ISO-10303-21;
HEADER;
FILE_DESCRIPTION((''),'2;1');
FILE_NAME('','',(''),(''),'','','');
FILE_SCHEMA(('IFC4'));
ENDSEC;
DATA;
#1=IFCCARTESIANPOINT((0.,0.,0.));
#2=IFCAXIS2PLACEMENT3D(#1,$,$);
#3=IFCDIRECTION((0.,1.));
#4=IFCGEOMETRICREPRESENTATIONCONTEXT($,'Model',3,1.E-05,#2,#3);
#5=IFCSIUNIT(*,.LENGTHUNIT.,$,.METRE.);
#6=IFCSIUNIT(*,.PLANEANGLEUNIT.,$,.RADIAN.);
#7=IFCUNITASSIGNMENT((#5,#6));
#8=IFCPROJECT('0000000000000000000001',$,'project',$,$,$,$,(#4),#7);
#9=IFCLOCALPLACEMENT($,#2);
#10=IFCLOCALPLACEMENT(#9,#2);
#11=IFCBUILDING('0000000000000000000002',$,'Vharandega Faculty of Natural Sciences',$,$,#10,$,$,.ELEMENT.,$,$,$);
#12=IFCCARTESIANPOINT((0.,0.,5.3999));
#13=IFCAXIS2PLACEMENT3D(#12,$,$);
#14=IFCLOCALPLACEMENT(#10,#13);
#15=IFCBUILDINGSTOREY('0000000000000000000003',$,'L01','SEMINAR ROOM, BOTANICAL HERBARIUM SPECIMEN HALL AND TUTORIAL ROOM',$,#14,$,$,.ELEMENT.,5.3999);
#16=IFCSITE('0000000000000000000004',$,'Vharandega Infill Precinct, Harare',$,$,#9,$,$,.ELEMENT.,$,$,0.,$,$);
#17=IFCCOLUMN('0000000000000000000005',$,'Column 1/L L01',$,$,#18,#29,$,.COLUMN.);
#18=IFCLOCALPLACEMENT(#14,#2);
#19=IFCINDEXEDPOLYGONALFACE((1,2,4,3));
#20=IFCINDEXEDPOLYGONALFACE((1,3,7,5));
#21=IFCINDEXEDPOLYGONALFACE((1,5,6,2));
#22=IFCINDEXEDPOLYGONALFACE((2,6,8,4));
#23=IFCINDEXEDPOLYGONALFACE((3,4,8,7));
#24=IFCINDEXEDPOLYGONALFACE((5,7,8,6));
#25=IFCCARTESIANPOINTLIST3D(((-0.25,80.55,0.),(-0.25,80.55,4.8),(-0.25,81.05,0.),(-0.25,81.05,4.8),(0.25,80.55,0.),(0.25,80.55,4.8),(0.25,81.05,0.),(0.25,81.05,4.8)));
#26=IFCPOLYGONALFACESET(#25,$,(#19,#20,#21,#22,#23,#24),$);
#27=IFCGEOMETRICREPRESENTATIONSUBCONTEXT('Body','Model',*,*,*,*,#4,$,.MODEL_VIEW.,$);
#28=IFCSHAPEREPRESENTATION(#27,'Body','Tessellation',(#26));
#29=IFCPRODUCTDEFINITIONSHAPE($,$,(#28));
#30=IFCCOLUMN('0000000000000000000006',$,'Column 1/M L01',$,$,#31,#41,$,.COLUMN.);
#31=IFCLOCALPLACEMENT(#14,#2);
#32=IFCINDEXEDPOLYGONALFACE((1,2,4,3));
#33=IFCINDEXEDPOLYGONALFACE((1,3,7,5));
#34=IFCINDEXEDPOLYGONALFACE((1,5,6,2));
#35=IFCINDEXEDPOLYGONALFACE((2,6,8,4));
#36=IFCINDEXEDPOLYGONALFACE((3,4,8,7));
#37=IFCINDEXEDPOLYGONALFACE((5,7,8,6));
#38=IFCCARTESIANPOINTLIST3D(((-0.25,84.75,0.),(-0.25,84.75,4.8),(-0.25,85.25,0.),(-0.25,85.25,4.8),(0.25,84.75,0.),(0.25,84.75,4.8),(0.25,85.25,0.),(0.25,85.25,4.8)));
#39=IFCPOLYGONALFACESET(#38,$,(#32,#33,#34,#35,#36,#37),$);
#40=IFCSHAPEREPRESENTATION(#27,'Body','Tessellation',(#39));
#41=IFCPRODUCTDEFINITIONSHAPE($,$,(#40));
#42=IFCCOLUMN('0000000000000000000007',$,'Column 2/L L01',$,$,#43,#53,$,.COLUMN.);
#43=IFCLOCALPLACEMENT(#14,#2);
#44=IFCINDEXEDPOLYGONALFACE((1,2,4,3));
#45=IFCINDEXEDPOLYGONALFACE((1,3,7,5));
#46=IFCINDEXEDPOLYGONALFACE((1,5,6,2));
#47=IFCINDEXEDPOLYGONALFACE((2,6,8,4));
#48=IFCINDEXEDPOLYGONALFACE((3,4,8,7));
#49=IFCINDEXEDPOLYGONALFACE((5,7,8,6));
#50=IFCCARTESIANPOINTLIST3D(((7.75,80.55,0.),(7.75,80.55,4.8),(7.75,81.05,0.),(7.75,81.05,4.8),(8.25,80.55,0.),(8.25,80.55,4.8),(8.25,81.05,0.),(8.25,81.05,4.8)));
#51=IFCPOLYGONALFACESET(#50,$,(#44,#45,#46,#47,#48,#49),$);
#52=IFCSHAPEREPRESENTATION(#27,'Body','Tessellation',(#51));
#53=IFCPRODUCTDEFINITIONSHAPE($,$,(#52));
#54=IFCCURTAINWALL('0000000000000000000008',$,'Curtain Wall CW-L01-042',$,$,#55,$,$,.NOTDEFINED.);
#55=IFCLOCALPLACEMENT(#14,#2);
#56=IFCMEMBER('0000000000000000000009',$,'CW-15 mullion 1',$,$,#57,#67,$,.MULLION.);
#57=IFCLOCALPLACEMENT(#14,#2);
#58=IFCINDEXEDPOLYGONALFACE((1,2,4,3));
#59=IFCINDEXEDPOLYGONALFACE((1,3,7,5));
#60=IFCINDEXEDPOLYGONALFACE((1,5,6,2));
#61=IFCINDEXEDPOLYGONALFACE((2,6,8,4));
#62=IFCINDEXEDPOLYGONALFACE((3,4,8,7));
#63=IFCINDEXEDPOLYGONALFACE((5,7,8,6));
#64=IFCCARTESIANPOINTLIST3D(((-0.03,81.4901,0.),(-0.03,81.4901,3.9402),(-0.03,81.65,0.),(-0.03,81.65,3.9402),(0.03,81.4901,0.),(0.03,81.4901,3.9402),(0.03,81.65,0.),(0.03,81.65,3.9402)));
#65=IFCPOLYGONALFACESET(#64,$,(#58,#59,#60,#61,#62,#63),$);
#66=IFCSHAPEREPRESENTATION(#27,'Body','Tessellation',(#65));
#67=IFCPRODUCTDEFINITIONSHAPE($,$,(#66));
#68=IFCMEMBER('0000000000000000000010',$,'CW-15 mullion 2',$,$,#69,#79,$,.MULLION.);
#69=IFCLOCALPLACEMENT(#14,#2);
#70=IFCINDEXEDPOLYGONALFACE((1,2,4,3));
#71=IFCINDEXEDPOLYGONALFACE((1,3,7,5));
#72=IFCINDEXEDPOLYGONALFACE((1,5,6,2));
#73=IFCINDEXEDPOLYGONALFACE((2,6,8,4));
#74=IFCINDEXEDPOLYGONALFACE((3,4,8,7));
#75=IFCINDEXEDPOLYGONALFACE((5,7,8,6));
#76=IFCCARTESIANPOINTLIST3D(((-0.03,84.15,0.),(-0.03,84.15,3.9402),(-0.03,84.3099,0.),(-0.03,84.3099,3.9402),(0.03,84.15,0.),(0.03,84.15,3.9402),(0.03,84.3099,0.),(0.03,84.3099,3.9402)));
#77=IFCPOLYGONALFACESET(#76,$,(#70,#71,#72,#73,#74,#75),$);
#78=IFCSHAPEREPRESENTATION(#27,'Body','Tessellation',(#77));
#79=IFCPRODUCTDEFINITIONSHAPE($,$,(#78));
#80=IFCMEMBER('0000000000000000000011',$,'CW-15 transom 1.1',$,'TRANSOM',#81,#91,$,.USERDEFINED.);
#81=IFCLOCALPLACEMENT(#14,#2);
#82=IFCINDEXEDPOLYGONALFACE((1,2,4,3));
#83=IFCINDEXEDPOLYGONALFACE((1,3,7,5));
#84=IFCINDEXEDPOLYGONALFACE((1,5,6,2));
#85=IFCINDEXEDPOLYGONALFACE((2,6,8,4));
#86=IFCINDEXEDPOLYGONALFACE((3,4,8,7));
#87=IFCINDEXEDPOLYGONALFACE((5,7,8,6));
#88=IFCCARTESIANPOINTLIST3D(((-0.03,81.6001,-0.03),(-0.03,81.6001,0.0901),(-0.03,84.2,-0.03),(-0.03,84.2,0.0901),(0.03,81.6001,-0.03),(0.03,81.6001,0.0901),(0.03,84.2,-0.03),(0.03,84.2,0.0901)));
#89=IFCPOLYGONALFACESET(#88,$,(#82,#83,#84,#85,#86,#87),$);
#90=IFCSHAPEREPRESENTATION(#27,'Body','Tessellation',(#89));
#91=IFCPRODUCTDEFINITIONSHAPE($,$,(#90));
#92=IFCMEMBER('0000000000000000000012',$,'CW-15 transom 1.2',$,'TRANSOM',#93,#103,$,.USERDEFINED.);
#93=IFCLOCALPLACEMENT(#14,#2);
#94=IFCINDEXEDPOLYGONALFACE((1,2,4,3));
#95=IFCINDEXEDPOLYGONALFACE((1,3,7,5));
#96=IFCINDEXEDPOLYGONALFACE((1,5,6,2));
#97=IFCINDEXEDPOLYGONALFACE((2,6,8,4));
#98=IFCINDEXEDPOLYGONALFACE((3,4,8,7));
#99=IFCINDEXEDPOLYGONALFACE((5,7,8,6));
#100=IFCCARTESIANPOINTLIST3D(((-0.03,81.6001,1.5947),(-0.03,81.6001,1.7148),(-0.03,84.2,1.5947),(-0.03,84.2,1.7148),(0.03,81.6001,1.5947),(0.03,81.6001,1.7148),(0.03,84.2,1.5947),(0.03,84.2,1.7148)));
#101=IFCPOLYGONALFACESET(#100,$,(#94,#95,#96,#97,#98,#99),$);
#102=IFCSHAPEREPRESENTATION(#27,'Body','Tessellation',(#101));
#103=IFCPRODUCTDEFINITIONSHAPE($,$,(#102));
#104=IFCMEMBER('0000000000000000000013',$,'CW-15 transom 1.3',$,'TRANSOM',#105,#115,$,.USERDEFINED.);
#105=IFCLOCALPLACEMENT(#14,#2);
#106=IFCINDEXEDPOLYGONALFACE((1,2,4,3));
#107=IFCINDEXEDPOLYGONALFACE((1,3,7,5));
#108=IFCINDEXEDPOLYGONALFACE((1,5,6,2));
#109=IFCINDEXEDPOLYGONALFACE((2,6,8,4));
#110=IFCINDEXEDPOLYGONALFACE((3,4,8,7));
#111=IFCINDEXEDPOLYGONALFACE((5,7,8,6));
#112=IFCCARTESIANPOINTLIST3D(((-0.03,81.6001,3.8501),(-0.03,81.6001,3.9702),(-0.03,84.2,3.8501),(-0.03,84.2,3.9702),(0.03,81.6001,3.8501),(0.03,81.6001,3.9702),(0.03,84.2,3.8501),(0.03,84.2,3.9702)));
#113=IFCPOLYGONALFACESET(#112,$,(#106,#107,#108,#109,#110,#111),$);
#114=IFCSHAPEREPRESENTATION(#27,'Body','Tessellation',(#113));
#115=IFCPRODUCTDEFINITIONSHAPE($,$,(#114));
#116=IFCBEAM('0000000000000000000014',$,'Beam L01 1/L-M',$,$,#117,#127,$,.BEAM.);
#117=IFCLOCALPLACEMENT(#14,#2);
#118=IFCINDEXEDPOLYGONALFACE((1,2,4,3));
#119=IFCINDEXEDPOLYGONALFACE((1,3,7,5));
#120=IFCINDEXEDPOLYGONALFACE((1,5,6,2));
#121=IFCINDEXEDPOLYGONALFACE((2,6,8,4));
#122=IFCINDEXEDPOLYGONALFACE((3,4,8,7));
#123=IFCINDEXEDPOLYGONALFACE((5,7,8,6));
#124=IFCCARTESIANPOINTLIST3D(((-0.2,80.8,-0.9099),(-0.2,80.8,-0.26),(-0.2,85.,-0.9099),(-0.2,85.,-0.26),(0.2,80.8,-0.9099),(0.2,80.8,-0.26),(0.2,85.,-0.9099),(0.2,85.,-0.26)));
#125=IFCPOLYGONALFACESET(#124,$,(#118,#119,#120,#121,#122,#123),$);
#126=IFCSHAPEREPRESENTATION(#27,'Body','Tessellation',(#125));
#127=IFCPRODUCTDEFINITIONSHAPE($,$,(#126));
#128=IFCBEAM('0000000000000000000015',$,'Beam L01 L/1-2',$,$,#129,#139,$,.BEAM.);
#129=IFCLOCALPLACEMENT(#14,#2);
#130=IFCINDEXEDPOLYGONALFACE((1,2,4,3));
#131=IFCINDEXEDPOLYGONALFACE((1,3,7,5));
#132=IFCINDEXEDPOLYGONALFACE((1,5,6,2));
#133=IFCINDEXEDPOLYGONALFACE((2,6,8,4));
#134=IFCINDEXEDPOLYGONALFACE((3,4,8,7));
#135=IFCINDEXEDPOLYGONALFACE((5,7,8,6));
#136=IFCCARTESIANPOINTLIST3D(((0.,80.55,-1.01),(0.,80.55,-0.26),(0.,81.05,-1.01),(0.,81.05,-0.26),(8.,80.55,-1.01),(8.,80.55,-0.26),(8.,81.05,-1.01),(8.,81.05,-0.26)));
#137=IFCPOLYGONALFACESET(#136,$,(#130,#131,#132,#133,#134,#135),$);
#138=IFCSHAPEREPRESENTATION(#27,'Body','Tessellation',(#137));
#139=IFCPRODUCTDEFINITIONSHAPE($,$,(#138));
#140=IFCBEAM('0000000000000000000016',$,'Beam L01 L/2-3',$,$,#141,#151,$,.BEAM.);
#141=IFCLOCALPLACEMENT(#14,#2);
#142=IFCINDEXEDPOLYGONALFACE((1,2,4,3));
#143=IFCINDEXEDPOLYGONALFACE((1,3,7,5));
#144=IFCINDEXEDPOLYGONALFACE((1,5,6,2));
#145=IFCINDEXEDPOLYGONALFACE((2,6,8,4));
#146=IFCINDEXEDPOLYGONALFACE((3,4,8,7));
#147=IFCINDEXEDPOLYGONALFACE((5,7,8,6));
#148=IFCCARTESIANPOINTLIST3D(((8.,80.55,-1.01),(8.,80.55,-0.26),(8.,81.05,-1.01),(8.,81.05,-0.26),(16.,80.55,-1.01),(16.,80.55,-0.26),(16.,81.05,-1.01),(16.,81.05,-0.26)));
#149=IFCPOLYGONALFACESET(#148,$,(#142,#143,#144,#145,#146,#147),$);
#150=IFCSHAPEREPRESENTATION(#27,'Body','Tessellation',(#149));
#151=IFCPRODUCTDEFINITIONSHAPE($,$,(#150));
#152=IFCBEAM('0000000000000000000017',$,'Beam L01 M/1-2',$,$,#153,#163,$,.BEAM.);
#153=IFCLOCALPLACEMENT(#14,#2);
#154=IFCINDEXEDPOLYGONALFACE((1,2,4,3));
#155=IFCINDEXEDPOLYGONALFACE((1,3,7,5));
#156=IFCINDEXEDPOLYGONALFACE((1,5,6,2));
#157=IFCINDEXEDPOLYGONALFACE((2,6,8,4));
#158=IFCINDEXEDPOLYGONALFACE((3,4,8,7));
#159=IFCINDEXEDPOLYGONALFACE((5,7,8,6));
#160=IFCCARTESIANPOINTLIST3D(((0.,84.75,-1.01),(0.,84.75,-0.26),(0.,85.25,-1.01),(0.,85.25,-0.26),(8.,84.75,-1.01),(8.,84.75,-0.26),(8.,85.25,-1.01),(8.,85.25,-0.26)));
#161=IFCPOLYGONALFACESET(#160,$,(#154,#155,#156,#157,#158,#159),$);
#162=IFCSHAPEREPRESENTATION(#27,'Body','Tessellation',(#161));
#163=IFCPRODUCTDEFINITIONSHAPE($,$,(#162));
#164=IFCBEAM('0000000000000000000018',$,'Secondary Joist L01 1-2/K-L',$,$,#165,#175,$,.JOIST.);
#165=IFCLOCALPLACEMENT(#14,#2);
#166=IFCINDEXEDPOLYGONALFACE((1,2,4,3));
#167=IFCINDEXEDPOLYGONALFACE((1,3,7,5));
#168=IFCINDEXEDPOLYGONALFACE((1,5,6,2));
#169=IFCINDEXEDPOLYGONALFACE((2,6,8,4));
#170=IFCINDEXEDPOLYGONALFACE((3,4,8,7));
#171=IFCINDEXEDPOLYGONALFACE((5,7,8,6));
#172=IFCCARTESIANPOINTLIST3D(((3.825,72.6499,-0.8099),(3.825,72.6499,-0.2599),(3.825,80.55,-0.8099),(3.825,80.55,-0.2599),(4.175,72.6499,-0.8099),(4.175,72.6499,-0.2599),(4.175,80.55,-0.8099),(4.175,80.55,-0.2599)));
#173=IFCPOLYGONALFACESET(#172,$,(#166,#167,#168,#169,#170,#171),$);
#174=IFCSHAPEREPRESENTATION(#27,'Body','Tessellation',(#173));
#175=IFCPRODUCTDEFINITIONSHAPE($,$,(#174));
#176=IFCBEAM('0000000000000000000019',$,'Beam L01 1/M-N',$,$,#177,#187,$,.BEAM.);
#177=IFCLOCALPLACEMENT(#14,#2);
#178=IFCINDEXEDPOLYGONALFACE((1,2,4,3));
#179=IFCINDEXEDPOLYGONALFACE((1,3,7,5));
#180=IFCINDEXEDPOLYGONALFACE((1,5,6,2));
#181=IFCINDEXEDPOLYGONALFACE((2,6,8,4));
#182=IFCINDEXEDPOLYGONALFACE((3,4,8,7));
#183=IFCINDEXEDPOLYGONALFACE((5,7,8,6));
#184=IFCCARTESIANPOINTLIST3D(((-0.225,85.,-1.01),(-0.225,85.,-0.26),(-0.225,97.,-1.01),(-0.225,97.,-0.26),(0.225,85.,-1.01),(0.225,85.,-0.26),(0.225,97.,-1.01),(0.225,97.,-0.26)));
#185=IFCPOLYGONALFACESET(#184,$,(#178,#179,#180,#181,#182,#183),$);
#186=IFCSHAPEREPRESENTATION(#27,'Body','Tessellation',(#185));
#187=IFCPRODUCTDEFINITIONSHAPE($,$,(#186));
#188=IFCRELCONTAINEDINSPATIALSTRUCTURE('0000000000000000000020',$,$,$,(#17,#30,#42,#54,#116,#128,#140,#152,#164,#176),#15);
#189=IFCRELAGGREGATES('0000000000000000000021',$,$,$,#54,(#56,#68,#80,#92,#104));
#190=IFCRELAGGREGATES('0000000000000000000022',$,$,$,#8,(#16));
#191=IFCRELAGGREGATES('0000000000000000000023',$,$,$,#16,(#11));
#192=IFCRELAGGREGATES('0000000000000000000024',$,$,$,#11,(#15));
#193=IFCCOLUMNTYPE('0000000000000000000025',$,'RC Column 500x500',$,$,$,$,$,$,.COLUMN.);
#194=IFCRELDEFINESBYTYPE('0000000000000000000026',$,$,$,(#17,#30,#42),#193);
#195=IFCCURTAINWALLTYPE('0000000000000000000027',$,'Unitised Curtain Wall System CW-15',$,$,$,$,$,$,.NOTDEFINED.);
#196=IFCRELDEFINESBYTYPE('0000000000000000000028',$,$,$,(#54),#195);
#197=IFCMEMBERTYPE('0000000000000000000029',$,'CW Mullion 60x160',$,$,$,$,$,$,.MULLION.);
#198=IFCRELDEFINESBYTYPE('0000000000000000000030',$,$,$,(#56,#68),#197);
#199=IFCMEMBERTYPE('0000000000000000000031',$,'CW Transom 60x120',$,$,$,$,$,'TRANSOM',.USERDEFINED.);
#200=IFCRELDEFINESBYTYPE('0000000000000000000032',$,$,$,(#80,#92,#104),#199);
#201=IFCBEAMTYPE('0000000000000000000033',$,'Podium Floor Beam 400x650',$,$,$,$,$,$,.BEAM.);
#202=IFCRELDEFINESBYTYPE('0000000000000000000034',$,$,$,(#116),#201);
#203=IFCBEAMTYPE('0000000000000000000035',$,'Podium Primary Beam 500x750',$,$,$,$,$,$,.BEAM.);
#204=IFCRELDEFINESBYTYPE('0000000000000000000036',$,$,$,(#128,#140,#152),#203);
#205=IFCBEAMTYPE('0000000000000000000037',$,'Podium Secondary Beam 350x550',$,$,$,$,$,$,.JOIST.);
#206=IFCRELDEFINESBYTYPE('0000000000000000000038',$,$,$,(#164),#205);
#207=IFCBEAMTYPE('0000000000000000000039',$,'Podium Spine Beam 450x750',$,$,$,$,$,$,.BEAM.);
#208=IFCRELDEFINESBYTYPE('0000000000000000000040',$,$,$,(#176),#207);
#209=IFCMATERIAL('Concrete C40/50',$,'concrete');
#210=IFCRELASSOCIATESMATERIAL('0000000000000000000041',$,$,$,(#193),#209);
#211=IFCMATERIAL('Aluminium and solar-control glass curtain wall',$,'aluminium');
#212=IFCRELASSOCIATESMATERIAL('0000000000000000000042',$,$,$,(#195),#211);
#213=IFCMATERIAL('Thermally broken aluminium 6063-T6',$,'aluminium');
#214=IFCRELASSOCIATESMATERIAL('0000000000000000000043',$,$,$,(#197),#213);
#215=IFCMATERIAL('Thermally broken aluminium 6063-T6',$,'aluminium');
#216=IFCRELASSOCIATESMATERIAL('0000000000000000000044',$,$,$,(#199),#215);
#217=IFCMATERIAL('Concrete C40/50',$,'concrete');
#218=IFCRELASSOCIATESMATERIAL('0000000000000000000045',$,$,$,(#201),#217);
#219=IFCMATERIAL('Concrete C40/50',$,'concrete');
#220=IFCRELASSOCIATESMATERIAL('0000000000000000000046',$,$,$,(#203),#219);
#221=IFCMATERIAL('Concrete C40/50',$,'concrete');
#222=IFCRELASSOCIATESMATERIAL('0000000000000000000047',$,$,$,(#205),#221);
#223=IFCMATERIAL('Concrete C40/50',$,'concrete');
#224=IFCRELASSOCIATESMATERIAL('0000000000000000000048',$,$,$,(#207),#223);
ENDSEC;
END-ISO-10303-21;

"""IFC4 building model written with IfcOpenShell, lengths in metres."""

from ifc_helpers import new_model, si_unit, direction, frame, origin, origin_2d, place, context, subcontext, project, spatial, rectangle, extrude, material, material_profile, profile_set, type_object, element, aggregate, save


model = new_model("IFC4")

# Units and contexts
model_context = context("Model", 3, precision=1e-05, world=origin(), true_north=direction((0.0, 1.0)))
body_context = subcontext(model_context, "Body", "Model", "MODEL_VIEW")
ifc_project = project(units=[si_unit("LENGTHUNIT", "METRE"), si_unit("PLANEANGLEUNIT", "RADIAN")], contexts=[model_context])

# Site, building, storey
site_placement = place(None, origin())
site = spatial("IfcSite", under=ifc_project, at=site_placement, Name="Vharandega Infill Precinct, Harare", CompositionType="ELEMENT", RefElevation=0.0)
building_placement = place(site_placement, origin())
building = spatial("IfcBuilding", under=site, at=building_placement, Name="Vharandega Faculty of Natural Sciences", CompositionType="ELEMENT")
storey_placement = place(building_placement, frame((0.0, 0.0, 5.3999)))
storey = spatial("IfcBuildingStorey", under=building, at=storey_placement, Name="L01", Description="SEMINAR ROOM, BOTANICAL HERBARIUM SPECIMEN HALL AND TUTORIAL ROOM", CompositionType="ELEMENT", Elevation=5.3999)

# Columns
ifc_material_1 = material(Name="Concrete C40/50", Category="concrete")
ifc_material_profile_1 = material_profile(ifc_material_1, rectangle(XDim=0.5, YDim=0.5, at=origin_2d()), Name="RC 500x500")
ifc_profile_set_1 = profile_set([ifc_material_profile_1], Name="Concrete C40/50")
column_type = type_object("IfcColumnType", Name="RC Column 500x500", PredefinedType="COLUMN", material=ifc_profile_set_1)
for number, where, z_axis, x_axis, name in (
    (1, (0.0, 80.8, 0.0), (0.0, 0.0, 1.0), (1.0, 0.0, 0.0), "Column 1/L L01"),
    (2, (0.0, 85.0, 0.0), (0.0, 0.0, 1.0), (1.0, 0.0, 0.0), "Column 1/M L01"),
    (3, (8.0, 80.8, 0.0), (0.0, 0.0, 1.0), (1.0, 0.0, 0.0), "Column 2/L L01"),
):
    element("IfcColumn", number, at=place(storey_placement, frame(where, z_axis=z_axis, x_axis=x_axis)), inside=storey, type_object=column_type, Name=name, PredefinedType="COLUMN", context=body_context, shape_type="SweptSolid", body=[
        extrude(rectangle(XDim=0.5, YDim=0.5, at=origin_2d()), origin(), (0.0, 0.0, 1.0), 4.8),
    ])

# Curtain wall, members
ifc_material_2 = material(Name="Aluminium and solar-control glass curtain wall", Category="aluminium")
curtain_wall_type = type_object("IfcCurtainWallType", Name="Unitised Curtain Wall System CW-15", PredefinedType="NOTDEFINED", material=ifc_material_2)
curtain_wall_placement = place(storey_placement, origin())
curtain_wall = element("IfcCurtainWall", 4, at=curtain_wall_placement, inside=storey, type_object=curtain_wall_type, Name="Curtain Wall CW-L01-042", PredefinedType="NOTDEFINED")
ifc_material_3 = material(Name="Thermally broken aluminium 6063-T6", Category="aluminium")
ifc_material_profile_2 = material_profile(ifc_material_3, rectangle(XDim=0.0601, YDim=0.1599, at=origin_2d()), Name="ALU 60x160")
ifc_profile_set_2 = profile_set([ifc_material_profile_2], Name="Thermally broken aluminium 6063-T6")
member_type_1 = type_object("IfcMemberType", Name="CW Mullion 60x160", PredefinedType="MULLION", material=ifc_profile_set_2)
member_1_placement = place(storey_placement, frame((0.0, 81.5701, 0.0), z_axis=(0.0, 0.0, 1.0), x_axis=(-1.0, 0.0, 0.0)))
member_1 = element("IfcMember", 5, at=member_1_placement, type_object=member_type_1, Name="CW-15 mullion 1", PredefinedType="MULLION", context=body_context, shape_type="SweptSolid", body=[
    extrude(rectangle(XDim=0.0601, YDim=0.1599, at=origin_2d()), origin(), (0.0, 0.0, 1.0), 3.9402),
])
member_2_placement = place(storey_placement, frame((0.0, 84.23, 0.0), z_axis=(0.0, 0.0, 1.0), x_axis=(-1.0, 0.0, 0.0)))
member_2 = element("IfcMember", 6, at=member_2_placement, type_object=member_type_1, Name="CW-15 mullion 2", PredefinedType="MULLION", context=body_context, shape_type="SweptSolid", body=[
    extrude(rectangle(XDim=0.0601, YDim=0.1599, at=origin_2d()), origin(), (0.0, 0.0, 1.0), 3.9402),
])
ifc_material_4 = material(Name="Thermally broken aluminium 6063-T6", Category="aluminium")
ifc_material_profile_3 = material_profile(ifc_material_4, rectangle(XDim=0.0601, YDim=0.1201, at=origin_2d()), Name="ALU 60x120")
ifc_profile_set_3 = profile_set([ifc_material_profile_3], Name="Thermally broken aluminium 6063-T6")
member_type_2 = type_object("IfcMemberType", Name="CW Transom 60x120", ElementType="TRANSOM", PredefinedType="USERDEFINED", material=ifc_profile_set_3)
member_3_placement = place(storey_placement, frame((0.0, 81.6001, 0.03), z_axis=(0.0, 1.0, 0.0), x_axis=(-1.0, 0.0, 0.0)))
member_3 = element("IfcMember", 7, at=member_3_placement, type_object=member_type_2, Name="CW-15 transom 1.1", ObjectType="TRANSOM", PredefinedType="USERDEFINED", context=body_context, shape_type="SweptSolid", body=[
    extrude(rectangle(XDim=0.0601, YDim=0.1201, at=origin_2d()), origin(), (0.0, 0.0, 1.0), 2.5999),
])
member_4_placement = place(storey_placement, frame((0.0, 81.6001, 1.6548), z_axis=(0.0, 1.0, 0.0), x_axis=(-1.0, 0.0, 0.0)))
member_4 = element("IfcMember", 8, at=member_4_placement, type_object=member_type_2, Name="CW-15 transom 1.2", ObjectType="TRANSOM", PredefinedType="USERDEFINED", context=body_context, shape_type="SweptSolid", body=[
    extrude(rectangle(XDim=0.0601, YDim=0.1201, at=origin_2d()), origin(), (0.0, 0.0, 1.0), 2.5999),
])
member_5_placement = place(storey_placement, frame((0.0, 81.6001, 3.9102), z_axis=(0.0, 1.0, 0.0), x_axis=(-1.0, 0.0, 0.0)))
member_5 = element("IfcMember", 9, at=member_5_placement, type_object=member_type_2, Name="CW-15 transom 1.3", ObjectType="TRANSOM", PredefinedType="USERDEFINED", context=body_context, shape_type="SweptSolid", body=[
    extrude(rectangle(XDim=0.0601, YDim=0.1201, at=origin_2d()), origin(), (0.0, 0.0, 1.0), 2.5999),
])

# Beams
ifc_material_5 = material(Name="Concrete C40/50", Category="concrete")
ifc_material_profile_4 = material_profile(ifc_material_5, rectangle(XDim=0.3999, YDim=0.6499, at=origin_2d()), Name="RC 400x650")
ifc_profile_set_4 = profile_set([ifc_material_profile_4], Name="Concrete C40/50")
beam_type_1 = type_object("IfcBeamType", Name="Podium Floor Beam 400x650", PredefinedType="BEAM", material=ifc_profile_set_4)
beam_1_placement = place(storey_placement, frame((0.0, 80.8, -0.585), z_axis=(0.0, 1.0, 0.0), x_axis=(-1.0, 0.0, 0.0)))
element("IfcBeam", 10, at=beam_1_placement, inside=storey, type_object=beam_type_1, Name="Beam L01 1/L-M", PredefinedType="BEAM", context=body_context, shape_type="SweptSolid", body=[
    extrude(rectangle(XDim=0.3999, YDim=0.6499, at=origin_2d()), origin(), (0.0, 0.0, 1.0), 4.2),
])
ifc_material_6 = material(Name="Concrete C40/50", Category="concrete")
ifc_material_profile_5 = material_profile(ifc_material_6, rectangle(XDim=0.5, YDim=0.75, at=origin_2d()), Name="RC 500x750")
ifc_profile_set_5 = profile_set([ifc_material_profile_5], Name="Concrete C40/50")
beam_type_2 = type_object("IfcBeamType", Name="Podium Primary Beam 500x750", PredefinedType="BEAM", material=ifc_profile_set_5)
for number, where, z_axis, x_axis, name in (
    (11, (0.0, 80.8, -0.635), (1.0, 0.0, 0.0), (0.0, 1.0, 0.0), "Beam L01 L/1-2"),
    (12, (8.0, 80.8, -0.635), (1.0, 0.0, 0.0), (0.0, 1.0, 0.0), "Beam L01 L/2-3"),
    (13, (0.0, 85.0, -0.635), (1.0, 0.0, 0.0), (0.0, 1.0, 0.0), "Beam L01 M/1-2"),
):
    element("IfcBeam", number, at=place(storey_placement, frame(where, z_axis=z_axis, x_axis=x_axis)), inside=storey, type_object=beam_type_2, Name=name, PredefinedType="BEAM", context=body_context, shape_type="SweptSolid", body=[
        extrude(rectangle(XDim=0.5, YDim=0.75, at=origin_2d()), origin(), (0.0, 0.0, 1.0), 8.0),
    ])
ifc_material_7 = material(Name="Concrete C40/50", Category="concrete")
ifc_material_profile_6 = material_profile(ifc_material_7, rectangle(XDim=0.3501, YDim=0.55, at=origin_2d()), Name="RC 350x550")
ifc_profile_set_6 = profile_set([ifc_material_profile_6], Name="Concrete C40/50")
beam_type_3 = type_object("IfcBeamType", Name="Podium Secondary Beam 350x550", PredefinedType="JOIST", material=ifc_profile_set_6)
beam_2_placement = place(storey_placement, frame((4.0, 72.6499, -0.5349), z_axis=(0.0, 1.0, 0.0), x_axis=(-1.0, 0.0, 0.0)))
element("IfcBeam", 14, at=beam_2_placement, inside=storey, type_object=beam_type_3, Name="Secondary Joist L01 1-2/K-L", PredefinedType="JOIST", context=body_context, shape_type="SweptSolid", body=[
    extrude(rectangle(XDim=0.3501, YDim=0.55, at=origin_2d()), origin(), (0.0, 0.0, 1.0), 7.9001),
])
ifc_material_8 = material(Name="Concrete C40/50", Category="concrete")
ifc_material_profile_7 = material_profile(ifc_material_8, rectangle(XDim=0.45, YDim=0.75, at=origin_2d()), Name="RC 450x750")
ifc_profile_set_7 = profile_set([ifc_material_profile_7], Name="Concrete C40/50")
beam_type_4 = type_object("IfcBeamType", Name="Podium Spine Beam 450x750", PredefinedType="BEAM", material=ifc_profile_set_7)
beam_3_placement = place(storey_placement, frame((0.0, 85.0, -0.635), z_axis=(0.0, 1.0, 0.0), x_axis=(-1.0, 0.0, 0.0)))
element("IfcBeam", 15, at=beam_3_placement, inside=storey, type_object=beam_type_4, Name="Beam L01 1/M-N", PredefinedType="BEAM", context=body_context, shape_type="SweptSolid", body=[
    extrude(rectangle(XDim=0.45, YDim=0.75, at=origin_2d()), origin(), (0.0, 0.0, 1.0), 12.0),
])

aggregate(curtain_wall, [member_1, member_2, member_3, member_4, member_5])

save(model, "model.ifc")
